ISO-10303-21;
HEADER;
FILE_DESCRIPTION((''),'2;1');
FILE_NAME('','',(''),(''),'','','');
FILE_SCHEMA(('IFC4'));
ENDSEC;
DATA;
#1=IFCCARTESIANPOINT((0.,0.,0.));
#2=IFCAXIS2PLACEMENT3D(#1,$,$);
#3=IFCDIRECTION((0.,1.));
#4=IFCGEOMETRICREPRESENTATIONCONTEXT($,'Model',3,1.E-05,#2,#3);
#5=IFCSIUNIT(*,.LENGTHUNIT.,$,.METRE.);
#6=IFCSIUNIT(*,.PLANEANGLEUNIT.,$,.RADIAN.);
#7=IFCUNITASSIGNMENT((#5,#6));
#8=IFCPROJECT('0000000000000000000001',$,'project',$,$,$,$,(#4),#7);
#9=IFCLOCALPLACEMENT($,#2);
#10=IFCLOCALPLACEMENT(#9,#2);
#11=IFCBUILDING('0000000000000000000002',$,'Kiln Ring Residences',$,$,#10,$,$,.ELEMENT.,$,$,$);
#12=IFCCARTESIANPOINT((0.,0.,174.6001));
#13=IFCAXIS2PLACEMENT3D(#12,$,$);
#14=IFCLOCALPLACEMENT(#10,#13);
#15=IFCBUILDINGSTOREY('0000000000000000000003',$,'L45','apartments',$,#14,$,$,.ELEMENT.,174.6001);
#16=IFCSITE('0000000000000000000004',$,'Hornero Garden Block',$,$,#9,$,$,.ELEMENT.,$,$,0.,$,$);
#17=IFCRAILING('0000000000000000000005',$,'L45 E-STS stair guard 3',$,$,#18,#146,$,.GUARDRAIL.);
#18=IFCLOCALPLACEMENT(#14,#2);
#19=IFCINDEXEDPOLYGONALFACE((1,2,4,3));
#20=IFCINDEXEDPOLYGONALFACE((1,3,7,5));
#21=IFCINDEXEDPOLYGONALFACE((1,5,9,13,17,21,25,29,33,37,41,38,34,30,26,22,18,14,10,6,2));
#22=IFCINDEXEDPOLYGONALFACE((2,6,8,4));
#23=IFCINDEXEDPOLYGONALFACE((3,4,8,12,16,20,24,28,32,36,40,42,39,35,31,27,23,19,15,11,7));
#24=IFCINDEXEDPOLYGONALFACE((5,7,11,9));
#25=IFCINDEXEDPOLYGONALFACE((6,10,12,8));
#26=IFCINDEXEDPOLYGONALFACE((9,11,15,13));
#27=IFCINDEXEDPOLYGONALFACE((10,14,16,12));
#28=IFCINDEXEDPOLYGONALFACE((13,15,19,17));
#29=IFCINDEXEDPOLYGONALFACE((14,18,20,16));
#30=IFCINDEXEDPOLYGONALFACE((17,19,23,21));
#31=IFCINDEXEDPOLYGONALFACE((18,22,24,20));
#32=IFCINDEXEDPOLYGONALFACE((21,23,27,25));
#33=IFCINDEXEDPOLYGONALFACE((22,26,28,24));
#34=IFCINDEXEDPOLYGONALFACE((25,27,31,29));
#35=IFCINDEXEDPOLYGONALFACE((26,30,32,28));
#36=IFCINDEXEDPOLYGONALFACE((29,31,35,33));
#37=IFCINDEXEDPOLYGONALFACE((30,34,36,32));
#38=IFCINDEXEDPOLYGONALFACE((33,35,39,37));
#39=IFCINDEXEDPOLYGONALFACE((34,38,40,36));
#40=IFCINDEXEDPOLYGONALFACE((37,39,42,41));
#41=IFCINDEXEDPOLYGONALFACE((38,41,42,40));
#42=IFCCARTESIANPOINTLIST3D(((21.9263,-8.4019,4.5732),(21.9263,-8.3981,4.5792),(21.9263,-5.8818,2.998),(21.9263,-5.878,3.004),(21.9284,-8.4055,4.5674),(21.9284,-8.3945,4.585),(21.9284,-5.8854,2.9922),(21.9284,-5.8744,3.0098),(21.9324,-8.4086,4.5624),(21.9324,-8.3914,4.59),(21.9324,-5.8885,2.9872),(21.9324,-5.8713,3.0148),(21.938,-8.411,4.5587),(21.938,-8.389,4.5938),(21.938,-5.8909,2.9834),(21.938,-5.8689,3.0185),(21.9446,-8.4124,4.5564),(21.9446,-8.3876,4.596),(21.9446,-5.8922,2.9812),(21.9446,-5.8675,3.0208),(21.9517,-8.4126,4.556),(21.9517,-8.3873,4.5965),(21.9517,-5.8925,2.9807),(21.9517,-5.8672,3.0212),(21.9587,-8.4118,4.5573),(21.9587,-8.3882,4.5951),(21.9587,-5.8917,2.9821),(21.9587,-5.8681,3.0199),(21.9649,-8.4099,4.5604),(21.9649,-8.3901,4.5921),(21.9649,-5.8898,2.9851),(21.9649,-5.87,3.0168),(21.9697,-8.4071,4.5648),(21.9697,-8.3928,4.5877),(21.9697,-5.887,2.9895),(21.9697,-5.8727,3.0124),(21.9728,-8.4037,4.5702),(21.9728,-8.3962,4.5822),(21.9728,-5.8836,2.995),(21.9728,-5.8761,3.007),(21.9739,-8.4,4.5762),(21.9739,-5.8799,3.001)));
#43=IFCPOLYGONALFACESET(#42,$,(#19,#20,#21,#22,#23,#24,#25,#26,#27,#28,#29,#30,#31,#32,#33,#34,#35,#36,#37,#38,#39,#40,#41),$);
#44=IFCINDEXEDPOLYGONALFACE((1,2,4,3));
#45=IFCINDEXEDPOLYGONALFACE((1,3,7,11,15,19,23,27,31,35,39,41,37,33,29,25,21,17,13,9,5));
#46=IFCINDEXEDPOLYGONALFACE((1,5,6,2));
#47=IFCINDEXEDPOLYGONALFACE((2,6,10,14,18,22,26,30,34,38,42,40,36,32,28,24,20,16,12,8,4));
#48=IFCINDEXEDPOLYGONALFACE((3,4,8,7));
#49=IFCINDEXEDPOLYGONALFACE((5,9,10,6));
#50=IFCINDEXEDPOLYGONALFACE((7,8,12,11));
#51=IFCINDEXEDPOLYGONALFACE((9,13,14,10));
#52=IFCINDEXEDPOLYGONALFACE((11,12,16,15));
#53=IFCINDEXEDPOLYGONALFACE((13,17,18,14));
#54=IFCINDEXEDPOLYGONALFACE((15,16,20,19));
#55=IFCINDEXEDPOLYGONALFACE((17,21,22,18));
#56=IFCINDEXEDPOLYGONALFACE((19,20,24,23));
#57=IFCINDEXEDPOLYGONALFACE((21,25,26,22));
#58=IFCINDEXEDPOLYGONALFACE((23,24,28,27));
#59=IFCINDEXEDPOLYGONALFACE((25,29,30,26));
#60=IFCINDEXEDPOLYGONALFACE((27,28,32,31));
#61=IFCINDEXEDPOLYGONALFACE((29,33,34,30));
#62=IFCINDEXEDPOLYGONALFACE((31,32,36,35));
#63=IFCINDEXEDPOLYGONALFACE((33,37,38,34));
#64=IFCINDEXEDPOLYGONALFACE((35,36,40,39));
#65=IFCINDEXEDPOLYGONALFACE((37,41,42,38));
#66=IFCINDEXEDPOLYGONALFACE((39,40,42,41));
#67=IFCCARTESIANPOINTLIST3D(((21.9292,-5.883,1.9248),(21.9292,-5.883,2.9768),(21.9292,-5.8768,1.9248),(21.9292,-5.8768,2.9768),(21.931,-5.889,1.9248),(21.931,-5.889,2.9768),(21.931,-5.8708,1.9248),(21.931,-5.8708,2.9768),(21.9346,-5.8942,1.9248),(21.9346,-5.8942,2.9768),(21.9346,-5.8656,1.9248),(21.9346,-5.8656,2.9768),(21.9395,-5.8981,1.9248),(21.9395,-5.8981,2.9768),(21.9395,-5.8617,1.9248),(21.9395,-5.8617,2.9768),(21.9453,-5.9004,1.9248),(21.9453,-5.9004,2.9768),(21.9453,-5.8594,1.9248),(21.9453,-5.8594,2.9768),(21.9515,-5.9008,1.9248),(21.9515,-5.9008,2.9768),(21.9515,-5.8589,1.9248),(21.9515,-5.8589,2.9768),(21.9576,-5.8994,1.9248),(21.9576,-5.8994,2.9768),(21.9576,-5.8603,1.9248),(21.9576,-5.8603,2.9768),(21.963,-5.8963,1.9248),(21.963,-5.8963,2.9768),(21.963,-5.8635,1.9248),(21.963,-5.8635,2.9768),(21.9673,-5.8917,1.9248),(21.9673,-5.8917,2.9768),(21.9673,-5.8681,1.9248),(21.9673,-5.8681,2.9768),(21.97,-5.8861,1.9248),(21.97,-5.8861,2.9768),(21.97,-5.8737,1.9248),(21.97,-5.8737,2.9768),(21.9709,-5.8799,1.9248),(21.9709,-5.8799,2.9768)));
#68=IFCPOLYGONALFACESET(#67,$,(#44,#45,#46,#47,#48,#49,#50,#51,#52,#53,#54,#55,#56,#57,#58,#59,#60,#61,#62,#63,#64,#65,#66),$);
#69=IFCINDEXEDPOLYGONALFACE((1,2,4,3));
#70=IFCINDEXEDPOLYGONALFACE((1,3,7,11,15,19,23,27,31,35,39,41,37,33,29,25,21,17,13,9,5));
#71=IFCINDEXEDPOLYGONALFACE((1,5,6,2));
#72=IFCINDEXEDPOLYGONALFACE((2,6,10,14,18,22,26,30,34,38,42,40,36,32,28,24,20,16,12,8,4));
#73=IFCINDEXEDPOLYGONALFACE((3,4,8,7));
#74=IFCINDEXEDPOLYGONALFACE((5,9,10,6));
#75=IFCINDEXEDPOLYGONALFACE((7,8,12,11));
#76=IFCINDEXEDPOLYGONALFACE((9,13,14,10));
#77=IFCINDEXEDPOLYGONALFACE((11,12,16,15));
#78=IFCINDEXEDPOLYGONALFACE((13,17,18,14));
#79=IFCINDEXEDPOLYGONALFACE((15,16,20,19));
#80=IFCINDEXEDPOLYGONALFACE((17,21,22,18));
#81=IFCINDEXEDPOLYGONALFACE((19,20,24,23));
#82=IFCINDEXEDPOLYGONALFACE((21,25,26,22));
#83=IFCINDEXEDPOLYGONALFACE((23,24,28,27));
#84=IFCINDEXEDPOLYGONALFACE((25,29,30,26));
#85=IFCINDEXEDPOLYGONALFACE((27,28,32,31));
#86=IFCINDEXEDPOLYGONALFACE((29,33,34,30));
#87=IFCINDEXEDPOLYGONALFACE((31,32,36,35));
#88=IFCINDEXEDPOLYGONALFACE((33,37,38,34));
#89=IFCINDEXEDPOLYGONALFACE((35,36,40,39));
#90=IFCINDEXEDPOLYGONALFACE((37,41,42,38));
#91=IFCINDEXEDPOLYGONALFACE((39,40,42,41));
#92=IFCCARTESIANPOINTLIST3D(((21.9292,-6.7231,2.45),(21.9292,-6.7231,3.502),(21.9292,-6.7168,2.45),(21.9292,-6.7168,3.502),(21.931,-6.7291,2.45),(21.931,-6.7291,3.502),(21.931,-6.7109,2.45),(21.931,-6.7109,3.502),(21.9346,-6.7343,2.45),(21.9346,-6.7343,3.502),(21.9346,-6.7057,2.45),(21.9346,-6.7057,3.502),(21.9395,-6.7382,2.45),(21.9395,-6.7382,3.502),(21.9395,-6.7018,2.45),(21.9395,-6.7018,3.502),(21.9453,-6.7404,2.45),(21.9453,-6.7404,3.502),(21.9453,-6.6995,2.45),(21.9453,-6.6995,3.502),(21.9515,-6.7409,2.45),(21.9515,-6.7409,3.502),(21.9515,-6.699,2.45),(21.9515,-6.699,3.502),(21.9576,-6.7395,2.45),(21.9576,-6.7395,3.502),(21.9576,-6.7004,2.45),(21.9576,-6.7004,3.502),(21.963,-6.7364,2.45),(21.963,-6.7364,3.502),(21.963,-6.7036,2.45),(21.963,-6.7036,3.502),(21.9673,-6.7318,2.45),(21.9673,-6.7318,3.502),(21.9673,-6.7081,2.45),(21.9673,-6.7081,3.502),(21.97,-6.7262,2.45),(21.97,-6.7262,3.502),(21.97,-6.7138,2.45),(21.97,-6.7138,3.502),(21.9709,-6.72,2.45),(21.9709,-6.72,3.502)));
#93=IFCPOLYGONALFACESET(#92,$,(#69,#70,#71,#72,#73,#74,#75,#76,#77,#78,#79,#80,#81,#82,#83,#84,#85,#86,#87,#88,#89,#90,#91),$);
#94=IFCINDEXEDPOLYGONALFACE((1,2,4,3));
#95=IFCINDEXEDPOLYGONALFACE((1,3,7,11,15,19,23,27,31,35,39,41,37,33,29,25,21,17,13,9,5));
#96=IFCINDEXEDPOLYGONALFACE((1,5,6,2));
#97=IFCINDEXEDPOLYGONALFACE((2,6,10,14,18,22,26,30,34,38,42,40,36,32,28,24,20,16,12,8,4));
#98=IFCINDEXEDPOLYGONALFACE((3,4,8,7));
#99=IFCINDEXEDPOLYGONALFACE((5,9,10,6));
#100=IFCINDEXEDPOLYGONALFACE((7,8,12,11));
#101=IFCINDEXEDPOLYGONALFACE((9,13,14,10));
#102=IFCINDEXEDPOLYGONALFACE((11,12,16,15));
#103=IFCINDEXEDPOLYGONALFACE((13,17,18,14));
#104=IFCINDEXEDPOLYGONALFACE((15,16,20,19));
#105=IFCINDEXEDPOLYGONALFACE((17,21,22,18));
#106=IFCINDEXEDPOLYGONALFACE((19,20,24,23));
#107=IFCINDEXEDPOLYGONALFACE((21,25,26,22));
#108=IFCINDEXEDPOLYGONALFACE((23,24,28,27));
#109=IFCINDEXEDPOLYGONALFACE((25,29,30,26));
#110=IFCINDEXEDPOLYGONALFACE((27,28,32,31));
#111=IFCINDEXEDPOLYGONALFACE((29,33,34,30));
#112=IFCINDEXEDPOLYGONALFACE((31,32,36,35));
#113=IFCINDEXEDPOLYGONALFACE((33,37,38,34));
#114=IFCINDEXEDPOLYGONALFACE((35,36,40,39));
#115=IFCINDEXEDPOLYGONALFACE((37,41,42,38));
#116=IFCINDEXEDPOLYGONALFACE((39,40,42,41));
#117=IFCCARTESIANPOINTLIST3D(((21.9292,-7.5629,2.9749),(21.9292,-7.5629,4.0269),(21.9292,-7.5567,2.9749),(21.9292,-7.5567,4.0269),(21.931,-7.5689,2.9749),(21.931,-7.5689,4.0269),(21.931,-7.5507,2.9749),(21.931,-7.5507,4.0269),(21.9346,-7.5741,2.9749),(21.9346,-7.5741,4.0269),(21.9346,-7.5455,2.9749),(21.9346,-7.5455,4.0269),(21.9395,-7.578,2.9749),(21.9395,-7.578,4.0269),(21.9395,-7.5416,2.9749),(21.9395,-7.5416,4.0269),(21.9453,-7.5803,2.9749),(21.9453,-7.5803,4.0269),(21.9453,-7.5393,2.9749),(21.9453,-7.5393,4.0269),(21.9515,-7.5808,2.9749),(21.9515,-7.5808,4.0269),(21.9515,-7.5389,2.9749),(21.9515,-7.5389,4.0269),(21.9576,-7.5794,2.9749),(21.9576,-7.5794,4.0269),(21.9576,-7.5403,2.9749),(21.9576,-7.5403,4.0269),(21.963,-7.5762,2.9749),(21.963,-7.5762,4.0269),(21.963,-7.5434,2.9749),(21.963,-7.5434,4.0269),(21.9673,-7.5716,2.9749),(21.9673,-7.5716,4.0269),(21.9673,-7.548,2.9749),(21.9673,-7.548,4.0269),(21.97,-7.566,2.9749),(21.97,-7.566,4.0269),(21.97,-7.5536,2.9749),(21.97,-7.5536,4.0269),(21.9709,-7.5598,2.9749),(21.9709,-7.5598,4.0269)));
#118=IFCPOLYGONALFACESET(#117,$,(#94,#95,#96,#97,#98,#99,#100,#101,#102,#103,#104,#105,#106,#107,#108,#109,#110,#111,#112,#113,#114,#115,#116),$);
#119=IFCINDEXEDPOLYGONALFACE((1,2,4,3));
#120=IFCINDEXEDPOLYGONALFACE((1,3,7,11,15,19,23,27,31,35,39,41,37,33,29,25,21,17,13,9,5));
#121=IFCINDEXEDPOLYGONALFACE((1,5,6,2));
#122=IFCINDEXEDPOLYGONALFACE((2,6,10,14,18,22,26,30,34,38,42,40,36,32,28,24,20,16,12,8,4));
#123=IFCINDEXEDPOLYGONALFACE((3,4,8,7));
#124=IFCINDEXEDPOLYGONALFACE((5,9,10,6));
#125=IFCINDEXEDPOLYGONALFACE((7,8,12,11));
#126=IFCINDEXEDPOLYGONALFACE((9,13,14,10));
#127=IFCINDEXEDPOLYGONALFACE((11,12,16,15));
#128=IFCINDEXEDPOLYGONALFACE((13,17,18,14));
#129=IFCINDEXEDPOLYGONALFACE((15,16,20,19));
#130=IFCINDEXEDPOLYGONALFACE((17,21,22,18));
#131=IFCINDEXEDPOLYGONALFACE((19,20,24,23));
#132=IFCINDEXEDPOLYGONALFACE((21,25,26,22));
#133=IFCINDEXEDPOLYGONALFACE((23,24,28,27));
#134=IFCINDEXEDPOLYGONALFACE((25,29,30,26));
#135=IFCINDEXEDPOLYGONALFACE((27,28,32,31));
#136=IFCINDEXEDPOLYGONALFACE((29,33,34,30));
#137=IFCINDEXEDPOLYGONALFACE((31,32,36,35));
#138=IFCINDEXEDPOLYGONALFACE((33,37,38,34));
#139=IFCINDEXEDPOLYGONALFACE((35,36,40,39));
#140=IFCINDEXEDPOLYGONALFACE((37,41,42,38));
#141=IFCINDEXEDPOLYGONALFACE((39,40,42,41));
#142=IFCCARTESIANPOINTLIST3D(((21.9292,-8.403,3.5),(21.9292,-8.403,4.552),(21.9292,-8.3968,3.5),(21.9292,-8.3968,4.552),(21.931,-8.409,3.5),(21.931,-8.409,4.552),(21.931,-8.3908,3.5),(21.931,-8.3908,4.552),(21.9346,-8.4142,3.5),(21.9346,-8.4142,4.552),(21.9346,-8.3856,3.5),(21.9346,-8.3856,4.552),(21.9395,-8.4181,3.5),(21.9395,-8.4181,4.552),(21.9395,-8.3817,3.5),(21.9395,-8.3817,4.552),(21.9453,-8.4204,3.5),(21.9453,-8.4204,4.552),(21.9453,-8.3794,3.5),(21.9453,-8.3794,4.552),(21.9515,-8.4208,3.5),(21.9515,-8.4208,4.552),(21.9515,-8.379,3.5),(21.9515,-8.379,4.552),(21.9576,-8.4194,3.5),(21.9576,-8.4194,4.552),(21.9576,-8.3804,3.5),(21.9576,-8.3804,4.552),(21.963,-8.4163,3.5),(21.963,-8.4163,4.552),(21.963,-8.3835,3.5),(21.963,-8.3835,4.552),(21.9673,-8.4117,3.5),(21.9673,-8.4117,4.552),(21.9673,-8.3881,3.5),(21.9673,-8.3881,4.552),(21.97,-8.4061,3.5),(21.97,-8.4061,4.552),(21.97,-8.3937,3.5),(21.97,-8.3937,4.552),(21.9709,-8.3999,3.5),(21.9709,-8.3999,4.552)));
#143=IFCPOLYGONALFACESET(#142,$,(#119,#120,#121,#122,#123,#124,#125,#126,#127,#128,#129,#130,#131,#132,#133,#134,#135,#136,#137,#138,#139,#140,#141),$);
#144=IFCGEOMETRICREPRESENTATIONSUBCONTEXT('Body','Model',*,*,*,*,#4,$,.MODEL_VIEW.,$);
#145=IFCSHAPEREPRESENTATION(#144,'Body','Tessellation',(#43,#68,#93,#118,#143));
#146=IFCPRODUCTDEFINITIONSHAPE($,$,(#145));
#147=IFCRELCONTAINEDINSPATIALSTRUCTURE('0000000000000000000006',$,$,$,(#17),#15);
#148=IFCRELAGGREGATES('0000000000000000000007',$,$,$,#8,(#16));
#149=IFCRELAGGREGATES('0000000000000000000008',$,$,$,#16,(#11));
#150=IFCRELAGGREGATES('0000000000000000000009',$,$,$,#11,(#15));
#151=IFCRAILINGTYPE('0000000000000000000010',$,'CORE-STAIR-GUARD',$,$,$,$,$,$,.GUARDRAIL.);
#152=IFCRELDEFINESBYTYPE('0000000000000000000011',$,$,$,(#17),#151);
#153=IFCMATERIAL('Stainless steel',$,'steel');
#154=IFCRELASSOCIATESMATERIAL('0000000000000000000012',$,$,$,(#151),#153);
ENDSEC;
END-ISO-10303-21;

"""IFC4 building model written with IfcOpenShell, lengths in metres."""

from ifc_helpers import new_model, si_unit, direction, frame, origin, origin_2d, place, context, subcontext, project, spatial, circle, extrude, material, type_object, element, save


model = new_model("IFC4")

# Units and contexts
model_context = context("Model", 3, precision=1e-05, world=origin(), true_north=direction((0.0, 1.0)))
body_context = subcontext(model_context, "Body", "Model", "MODEL_VIEW")
ifc_project = project(units=[si_unit("LENGTHUNIT", "METRE"), si_unit("PLANEANGLEUNIT", "RADIAN")], contexts=[model_context])

# Site, building, storey
site_placement = place(None, origin())
site = spatial("IfcSite", under=ifc_project, at=site_placement, Name="Hornero Garden Block", CompositionType="ELEMENT", RefElevation=0.0)
building_placement = place(site_placement, origin())
building = spatial("IfcBuilding", under=site, at=building_placement, Name="Kiln Ring Residences", CompositionType="ELEMENT")
storey_placement = place(building_placement, frame((0.0, 0.0, 174.6001)))
storey = spatial("IfcBuildingStorey", under=building, at=storey_placement, Name="L45", Description="apartments", CompositionType="ELEMENT", Elevation=174.6001)

# Railing
ifc_material_1 = material(Name="Stainless steel", Category="steel")
railing_type_1 = type_object("IfcRailingType", Name="CORE-STAIR-GUARD", PredefinedType="GUARDRAIL", material=ifc_material_1)
railing_1_placement = place(storey_placement, frame((21.95, -5.8799, 1.9248)))
element("IfcRailing", 1, at=railing_1_placement, inside=storey, type_object=railing_type_1, Name="L45 E-STS stair guard 3", PredefinedType="GUARDRAIL", context=body_context, shape_type="SweptSolid", body=[
    extrude(circle(Radius=0.0239, at=origin_2d()), frame((0.0, 0.0, 1.0762), z_axis=(0.0, -0.847971, 0.530043), x_axis=(1.0, 0.0, 0.0)), (0.0, 0.0, 1.0), 2.9719),
    extrude(circle(Radius=0.021, at=origin_2d()), origin(), (0.0, 0.0, 1.0), 1.052),
    extrude(circle(Radius=0.021, at=origin_2d()), frame((0.0, -0.8401, 0.5251)), (0.0, 0.0, 1.0), 1.052),
    extrude(circle(Radius=0.021, at=origin_2d()), frame((0.0, -1.6799, 1.05)), (0.0, 0.0, 1.0), 1.052),
    extrude(circle(Radius=0.021, at=origin_2d()), frame((0.0, -2.52, 1.5752)), (0.0, 0.0, 1.0), 1.052),
])

save(model, "model.ifc")
